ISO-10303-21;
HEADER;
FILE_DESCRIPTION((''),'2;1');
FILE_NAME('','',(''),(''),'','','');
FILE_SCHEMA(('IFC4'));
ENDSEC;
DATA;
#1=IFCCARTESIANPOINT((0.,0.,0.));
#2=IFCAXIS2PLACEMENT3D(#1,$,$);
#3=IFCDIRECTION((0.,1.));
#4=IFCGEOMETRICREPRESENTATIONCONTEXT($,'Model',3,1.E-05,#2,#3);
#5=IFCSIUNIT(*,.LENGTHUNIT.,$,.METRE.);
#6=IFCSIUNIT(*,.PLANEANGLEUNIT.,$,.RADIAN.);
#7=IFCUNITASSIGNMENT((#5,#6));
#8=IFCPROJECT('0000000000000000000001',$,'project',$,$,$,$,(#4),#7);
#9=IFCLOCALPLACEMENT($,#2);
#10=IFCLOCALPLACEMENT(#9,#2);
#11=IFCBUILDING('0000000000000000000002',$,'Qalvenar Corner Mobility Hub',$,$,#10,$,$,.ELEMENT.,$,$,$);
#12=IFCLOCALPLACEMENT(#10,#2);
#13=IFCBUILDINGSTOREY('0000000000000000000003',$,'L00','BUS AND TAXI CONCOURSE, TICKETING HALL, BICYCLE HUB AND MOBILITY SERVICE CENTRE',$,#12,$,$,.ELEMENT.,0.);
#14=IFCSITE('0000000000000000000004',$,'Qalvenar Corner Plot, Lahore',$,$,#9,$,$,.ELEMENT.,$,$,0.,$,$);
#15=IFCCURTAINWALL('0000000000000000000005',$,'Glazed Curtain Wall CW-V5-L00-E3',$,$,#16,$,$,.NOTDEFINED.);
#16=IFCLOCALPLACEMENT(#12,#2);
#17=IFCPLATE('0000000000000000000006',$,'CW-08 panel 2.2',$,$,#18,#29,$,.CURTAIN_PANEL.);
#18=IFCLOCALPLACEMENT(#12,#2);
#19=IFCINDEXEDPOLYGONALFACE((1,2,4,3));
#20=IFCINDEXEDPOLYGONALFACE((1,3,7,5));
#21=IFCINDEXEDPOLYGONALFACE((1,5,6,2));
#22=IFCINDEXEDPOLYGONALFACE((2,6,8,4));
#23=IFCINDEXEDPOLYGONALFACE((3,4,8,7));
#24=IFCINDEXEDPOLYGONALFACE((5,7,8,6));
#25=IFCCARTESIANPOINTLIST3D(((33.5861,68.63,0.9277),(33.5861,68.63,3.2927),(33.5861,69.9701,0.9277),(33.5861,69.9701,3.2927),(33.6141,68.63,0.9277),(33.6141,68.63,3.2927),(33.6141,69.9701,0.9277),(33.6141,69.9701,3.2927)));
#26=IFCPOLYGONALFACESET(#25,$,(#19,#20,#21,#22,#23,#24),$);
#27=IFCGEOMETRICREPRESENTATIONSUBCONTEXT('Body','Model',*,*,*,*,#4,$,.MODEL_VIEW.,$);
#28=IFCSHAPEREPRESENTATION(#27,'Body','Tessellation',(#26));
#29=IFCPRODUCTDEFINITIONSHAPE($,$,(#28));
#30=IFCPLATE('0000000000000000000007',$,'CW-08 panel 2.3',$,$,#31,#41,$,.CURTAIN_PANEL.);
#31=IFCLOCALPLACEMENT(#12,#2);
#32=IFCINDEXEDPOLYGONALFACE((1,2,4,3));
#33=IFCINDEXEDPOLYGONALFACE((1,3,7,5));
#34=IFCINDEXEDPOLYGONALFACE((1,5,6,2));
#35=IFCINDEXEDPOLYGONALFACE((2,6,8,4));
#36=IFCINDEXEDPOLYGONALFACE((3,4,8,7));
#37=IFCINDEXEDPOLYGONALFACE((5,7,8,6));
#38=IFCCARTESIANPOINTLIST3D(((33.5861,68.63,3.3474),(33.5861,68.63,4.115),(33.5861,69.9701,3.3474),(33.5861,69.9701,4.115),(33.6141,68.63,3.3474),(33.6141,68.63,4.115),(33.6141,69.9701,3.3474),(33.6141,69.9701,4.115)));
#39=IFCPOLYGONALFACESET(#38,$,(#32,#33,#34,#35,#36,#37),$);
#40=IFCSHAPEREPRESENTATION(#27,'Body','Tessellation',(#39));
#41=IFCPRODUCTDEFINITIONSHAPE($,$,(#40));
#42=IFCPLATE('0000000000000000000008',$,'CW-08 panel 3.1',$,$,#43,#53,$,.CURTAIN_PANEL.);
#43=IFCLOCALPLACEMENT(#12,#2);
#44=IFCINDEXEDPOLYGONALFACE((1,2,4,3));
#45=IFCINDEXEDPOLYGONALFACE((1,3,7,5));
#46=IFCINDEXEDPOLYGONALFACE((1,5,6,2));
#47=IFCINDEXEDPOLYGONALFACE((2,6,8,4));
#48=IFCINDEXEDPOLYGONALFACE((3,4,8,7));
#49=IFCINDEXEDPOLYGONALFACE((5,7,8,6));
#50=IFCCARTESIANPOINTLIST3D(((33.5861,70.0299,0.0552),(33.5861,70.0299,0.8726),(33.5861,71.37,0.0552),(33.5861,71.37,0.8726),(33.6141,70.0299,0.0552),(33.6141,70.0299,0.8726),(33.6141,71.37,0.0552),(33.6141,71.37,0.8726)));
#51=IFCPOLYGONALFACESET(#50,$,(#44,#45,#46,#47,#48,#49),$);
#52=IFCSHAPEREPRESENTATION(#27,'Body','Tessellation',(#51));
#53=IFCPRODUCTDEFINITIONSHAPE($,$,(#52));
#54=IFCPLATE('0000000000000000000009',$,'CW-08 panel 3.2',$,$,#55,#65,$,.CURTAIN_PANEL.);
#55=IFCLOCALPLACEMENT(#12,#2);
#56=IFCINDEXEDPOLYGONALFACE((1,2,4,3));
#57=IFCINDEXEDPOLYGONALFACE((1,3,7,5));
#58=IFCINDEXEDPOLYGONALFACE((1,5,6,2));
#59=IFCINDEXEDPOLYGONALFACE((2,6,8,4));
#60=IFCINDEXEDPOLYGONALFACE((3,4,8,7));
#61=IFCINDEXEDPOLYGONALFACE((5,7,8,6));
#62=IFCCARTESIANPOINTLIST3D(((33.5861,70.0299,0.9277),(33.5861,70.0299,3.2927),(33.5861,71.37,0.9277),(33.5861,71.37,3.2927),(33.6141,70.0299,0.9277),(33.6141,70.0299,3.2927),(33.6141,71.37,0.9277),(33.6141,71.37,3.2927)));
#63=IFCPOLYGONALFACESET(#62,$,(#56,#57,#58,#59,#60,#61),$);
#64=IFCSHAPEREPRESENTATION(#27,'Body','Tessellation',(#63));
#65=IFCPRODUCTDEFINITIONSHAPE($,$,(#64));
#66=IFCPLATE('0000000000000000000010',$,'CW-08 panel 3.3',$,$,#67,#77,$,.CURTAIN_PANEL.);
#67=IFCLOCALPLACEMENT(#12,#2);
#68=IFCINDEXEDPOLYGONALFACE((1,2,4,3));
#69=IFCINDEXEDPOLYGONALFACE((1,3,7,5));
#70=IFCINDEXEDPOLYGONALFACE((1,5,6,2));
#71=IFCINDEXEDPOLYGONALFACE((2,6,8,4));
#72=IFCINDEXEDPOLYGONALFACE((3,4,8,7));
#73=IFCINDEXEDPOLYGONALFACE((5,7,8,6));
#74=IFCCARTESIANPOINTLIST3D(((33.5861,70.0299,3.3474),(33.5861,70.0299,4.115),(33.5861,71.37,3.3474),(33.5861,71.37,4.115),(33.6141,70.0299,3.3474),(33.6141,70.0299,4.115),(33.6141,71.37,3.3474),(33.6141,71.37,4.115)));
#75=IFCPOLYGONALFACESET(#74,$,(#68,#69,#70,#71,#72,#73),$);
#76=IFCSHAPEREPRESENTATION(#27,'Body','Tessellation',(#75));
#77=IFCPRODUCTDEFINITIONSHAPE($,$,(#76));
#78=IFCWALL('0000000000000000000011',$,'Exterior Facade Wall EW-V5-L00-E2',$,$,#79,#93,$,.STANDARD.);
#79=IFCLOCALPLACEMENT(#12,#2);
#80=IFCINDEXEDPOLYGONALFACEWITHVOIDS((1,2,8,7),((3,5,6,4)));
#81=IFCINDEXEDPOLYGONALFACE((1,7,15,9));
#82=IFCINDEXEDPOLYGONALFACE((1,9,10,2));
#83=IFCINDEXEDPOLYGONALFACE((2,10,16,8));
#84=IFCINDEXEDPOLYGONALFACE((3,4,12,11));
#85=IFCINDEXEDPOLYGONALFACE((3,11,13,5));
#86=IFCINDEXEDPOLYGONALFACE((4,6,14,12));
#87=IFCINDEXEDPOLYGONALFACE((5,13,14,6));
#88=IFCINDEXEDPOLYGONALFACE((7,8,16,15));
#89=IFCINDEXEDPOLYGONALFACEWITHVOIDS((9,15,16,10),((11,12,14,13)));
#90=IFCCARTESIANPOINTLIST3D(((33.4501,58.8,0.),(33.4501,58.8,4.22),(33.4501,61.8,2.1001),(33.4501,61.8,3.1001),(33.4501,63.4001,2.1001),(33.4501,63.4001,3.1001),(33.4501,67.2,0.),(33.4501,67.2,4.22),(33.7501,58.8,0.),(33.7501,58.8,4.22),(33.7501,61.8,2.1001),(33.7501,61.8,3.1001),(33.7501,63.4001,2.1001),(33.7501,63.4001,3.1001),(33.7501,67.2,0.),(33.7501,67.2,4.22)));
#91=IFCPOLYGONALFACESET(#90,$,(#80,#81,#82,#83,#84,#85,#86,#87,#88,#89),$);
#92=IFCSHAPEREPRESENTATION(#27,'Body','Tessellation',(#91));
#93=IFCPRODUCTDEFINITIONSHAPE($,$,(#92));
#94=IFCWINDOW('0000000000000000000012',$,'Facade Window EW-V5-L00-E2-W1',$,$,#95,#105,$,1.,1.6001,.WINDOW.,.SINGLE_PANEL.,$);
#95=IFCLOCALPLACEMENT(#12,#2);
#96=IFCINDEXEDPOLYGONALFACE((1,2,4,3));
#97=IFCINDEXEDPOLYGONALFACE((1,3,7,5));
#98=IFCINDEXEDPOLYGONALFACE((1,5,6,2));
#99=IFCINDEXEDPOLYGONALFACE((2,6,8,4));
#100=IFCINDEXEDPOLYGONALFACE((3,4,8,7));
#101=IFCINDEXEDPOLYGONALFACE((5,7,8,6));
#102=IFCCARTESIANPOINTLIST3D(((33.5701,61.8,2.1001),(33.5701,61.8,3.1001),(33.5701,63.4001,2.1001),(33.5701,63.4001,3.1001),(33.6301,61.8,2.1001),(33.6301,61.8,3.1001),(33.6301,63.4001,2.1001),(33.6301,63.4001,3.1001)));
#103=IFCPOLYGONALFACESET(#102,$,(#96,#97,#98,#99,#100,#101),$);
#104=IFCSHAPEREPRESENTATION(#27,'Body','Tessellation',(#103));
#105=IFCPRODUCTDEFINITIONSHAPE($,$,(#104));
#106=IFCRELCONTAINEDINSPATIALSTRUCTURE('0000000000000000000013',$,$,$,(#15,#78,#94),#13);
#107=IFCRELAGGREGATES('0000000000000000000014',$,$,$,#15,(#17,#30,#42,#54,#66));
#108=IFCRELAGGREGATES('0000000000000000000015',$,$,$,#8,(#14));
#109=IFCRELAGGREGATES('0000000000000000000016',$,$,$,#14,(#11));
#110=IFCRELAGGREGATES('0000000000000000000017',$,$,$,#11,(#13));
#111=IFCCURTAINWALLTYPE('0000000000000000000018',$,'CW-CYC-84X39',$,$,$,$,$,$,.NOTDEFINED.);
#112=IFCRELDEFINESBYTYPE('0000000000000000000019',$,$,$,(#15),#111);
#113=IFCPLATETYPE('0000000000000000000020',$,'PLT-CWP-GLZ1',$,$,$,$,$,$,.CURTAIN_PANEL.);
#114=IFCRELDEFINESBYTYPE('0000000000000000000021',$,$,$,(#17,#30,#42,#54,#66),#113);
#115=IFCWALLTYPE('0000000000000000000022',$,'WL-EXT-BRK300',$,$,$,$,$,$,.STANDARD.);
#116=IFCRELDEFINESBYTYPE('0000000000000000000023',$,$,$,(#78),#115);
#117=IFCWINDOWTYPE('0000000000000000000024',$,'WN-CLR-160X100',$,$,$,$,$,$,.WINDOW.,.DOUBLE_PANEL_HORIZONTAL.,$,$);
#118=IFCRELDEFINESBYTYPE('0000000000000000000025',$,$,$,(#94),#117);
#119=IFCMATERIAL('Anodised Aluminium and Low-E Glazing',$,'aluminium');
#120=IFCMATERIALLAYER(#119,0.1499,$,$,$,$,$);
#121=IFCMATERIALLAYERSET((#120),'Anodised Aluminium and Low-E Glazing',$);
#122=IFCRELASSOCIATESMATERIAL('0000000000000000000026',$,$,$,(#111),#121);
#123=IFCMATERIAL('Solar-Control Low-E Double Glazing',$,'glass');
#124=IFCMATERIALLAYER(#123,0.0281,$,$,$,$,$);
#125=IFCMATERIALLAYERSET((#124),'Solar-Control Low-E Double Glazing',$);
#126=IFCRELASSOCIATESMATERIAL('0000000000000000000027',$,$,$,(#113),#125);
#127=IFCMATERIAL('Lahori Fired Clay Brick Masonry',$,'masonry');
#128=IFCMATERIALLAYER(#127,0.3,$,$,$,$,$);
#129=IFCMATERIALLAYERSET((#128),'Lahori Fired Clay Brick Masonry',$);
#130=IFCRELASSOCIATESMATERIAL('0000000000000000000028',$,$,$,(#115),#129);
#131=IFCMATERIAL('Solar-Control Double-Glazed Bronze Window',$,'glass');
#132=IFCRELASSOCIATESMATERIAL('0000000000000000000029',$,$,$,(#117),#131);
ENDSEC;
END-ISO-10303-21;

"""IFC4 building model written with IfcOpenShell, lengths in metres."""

from ifc_helpers import new_model, si_unit, direction, frame, frame_2d, origin, origin_2d, place, context, subcontext, project, spatial, rectangle, extrude, material, layer, layer_set, type_object, element, fill, aggregate, save


model = new_model("IFC4")

# Units and contexts
model_context = context("Model", 3, precision=1e-05, world=origin(), true_north=direction((0.0, 1.0)))
body_context = subcontext(model_context, "Body", "Model", "MODEL_VIEW")
ifc_project = project(units=[si_unit("LENGTHUNIT", "METRE"), si_unit("PLANEANGLEUNIT", "RADIAN")], contexts=[model_context])

# Site, building, storey
site_placement = place(None, origin())
site = spatial("IfcSite", under=ifc_project, at=site_placement, Name="Qalvenar Corner Plot, Lahore", CompositionType="ELEMENT", RefElevation=0.0)
building_placement = place(site_placement, origin())
building = spatial("IfcBuilding", under=site, at=building_placement, Name="Qalvenar Corner Mobility Hub", CompositionType="ELEMENT")
storey_placement = place(building_placement, origin())
storey = spatial("IfcBuildingStorey", under=building, at=storey_placement, Name="L00", Description="BUS AND TAXI CONCOURSE, TICKETING HALL, BICYCLE HUB AND MOBILITY SERVICE CENTRE", CompositionType="ELEMENT", Elevation=0.0)

# Curtain wall, plates
ifc_material_1 = material(Name="Anodised Aluminium and Low-E Glazing", Category="aluminium")
ifc_layer_1 = layer(ifc_material_1, 0.1499)
ifc_layer_set_1 = layer_set([ifc_layer_1], Name="Anodised Aluminium and Low-E Glazing")
curtain_wall_type = type_object("IfcCurtainWallType", Name="CW-CYC-84X39", PredefinedType="NOTDEFINED", material=ifc_layer_set_1)
curtain_wall_placement = place(storey_placement, origin())
curtain_wall = element("IfcCurtainWall", 1, at=curtain_wall_placement, inside=storey, type_object=curtain_wall_type, Name="Glazed Curtain Wall CW-V5-L00-E3", PredefinedType="NOTDEFINED")
ifc_material_2 = material(Name="Solar-Control Low-E Double Glazing", Category="glass")
ifc_layer_2 = layer(ifc_material_2, 0.0281)
ifc_layer_set_2 = layer_set([ifc_layer_2], Name="Solar-Control Low-E Double Glazing")
plate_type = type_object("IfcPlateType", Name="PLT-CWP-GLZ1", PredefinedType="CURTAIN_PANEL", material=ifc_layer_set_2)
plate_1_placement = place(storey_placement, frame((33.6001, 69.3, 0.9277), z_axis=(0.0, 0.0, 1.0), x_axis=(0.0, 1.0, 0.0)))
plate_1 = element("IfcPlate", 2, at=plate_1_placement, type_object=plate_type, Name="CW-08 panel 2.2", PredefinedType="CURTAIN_PANEL", context=body_context, shape_type="SweptSolid", body=[
    extrude(rectangle(XDim=1.3401, YDim=0.0281, at=origin_2d()), origin(), (0.0, 0.0, 1.0), 2.365),
])
plate_2_placement = place(storey_placement, frame((33.6001, 69.3, 3.3474), z_axis=(0.0, 0.0, 1.0), x_axis=(0.0, 1.0, 0.0)))
plate_2 = element("IfcPlate", 3, at=plate_2_placement, type_object=plate_type, Name="CW-08 panel 2.3", PredefinedType="CURTAIN_PANEL", context=body_context, shape_type="SweptSolid", body=[
    extrude(rectangle(XDim=1.3401, YDim=0.0281, at=origin_2d()), origin(), (0.0, 0.0, 1.0), 0.7676),
])
plate_3_placement = place(storey_placement, frame((33.6001, 70.7, 0.0552), z_axis=(0.0, 0.0, 1.0), x_axis=(0.0, 1.0, 0.0)))
plate_3 = element("IfcPlate", 4, at=plate_3_placement, type_object=plate_type, Name="CW-08 panel 3.1", PredefinedType="CURTAIN_PANEL", context=body_context, shape_type="SweptSolid", body=[
    extrude(rectangle(XDim=1.3401, YDim=0.0281, at=origin_2d()), origin(), (0.0, 0.0, 1.0), 0.8174),
])
plate_4_placement = place(storey_placement, frame((33.6001, 70.7, 0.9277), z_axis=(0.0, 0.0, 1.0), x_axis=(0.0, 1.0, 0.0)))
plate_4 = element("IfcPlate", 5, at=plate_4_placement, type_object=plate_type, Name="CW-08 panel 3.2", PredefinedType="CURTAIN_PANEL", context=body_context, shape_type="SweptSolid", body=[
    extrude(rectangle(XDim=1.3401, YDim=0.0281, at=origin_2d()), origin(), (0.0, 0.0, 1.0), 2.365),
])
plate_5_placement = place(storey_placement, frame((33.6001, 70.7, 3.3474), z_axis=(0.0, 0.0, 1.0), x_axis=(0.0, 1.0, 0.0)))
plate_5 = element("IfcPlate", 6, at=plate_5_placement, type_object=plate_type, Name="CW-08 panel 3.3", PredefinedType="CURTAIN_PANEL", context=body_context, shape_type="SweptSolid", body=[
    extrude(rectangle(XDim=1.3401, YDim=0.0281, at=origin_2d()), origin(), (0.0, 0.0, 1.0), 0.7676),
])
aggregate(curtain_wall, [plate_1, plate_2, plate_3, plate_4, plate_5])

# Wall, opening, window
ifc_material_3 = material(Name="Lahori Fired Clay Brick Masonry", Category="masonry")
ifc_layer_3 = layer(ifc_material_3, 0.3)
ifc_layer_set_3 = layer_set([ifc_layer_3], Name="Lahori Fired Clay Brick Masonry")
wall_type = type_object("IfcWallType", Name="WL-EXT-BRK300", PredefinedType="STANDARD", material=ifc_layer_set_3)
wall_placement = place(storey_placement, frame((33.6001, 58.8, 0.0), z_axis=(0.0, 0.0, 1.0), x_axis=(0.0, 1.0, 0.0)))
wall = element("IfcWall", 7, at=wall_placement, inside=storey, type_object=wall_type, Name="Exterior Facade Wall EW-V5-L00-E2", PredefinedType="STANDARD", context=body_context, shape_type="SweptSolid", body=[
    extrude(rectangle(XDim=8.3999, YDim=0.3, at=frame_2d((4.2, 0.0))), origin(), (0.0, 0.0, 1.0), 4.22),
])
opening_placement = place(wall_placement, frame((3.0, 0.0, 2.1001)))
opening = element("IfcOpeningElement", 8, at=opening_placement, cuts=wall, PredefinedType="OPENING", context=body_context, shape_type="SweptSolid", body=[
    extrude(rectangle(XDim=1.6001, YDim=1.0, at=frame_2d((0.8, 0.5))), frame((0.0, 0.1602, 0.0), z_axis=(0.0, -1.0, 0.0), x_axis=(1.0, 0.0, 0.0)), (0.0, 0.0, 1.0), 0.3201),
])
ifc_material_4 = material(Name="Solar-Control Double-Glazed Bronze Window", Category="glass")
window_type = type_object("IfcWindowType", Name="WN-CLR-160X100", PartitioningType="DOUBLE_PANEL_HORIZONTAL", PredefinedType="WINDOW", material=ifc_material_4)
window_placement = place(opening_placement, origin())
window = element("IfcWindow", 9, at=window_placement, inside=storey, type_object=window_type, Name="Facade Window EW-V5-L00-E2-W1", OverallHeight=1.0, OverallWidth=1.6001, PartitioningType="SINGLE_PANEL", PredefinedType="WINDOW", context=body_context, shape_type="SweptSolid", body=[
    extrude(rectangle(XDim=1.6001, YDim=1.0, at=frame_2d((0.8, 0.5))), frame((0.0, 0.03, 0.0), z_axis=(0.0, -1.0, 0.0), x_axis=(1.0, 0.0, 0.0)), (0.0, 0.0, 1.0), 0.0601),
])
fill(opening, window)

save(model, "model.ifc")
